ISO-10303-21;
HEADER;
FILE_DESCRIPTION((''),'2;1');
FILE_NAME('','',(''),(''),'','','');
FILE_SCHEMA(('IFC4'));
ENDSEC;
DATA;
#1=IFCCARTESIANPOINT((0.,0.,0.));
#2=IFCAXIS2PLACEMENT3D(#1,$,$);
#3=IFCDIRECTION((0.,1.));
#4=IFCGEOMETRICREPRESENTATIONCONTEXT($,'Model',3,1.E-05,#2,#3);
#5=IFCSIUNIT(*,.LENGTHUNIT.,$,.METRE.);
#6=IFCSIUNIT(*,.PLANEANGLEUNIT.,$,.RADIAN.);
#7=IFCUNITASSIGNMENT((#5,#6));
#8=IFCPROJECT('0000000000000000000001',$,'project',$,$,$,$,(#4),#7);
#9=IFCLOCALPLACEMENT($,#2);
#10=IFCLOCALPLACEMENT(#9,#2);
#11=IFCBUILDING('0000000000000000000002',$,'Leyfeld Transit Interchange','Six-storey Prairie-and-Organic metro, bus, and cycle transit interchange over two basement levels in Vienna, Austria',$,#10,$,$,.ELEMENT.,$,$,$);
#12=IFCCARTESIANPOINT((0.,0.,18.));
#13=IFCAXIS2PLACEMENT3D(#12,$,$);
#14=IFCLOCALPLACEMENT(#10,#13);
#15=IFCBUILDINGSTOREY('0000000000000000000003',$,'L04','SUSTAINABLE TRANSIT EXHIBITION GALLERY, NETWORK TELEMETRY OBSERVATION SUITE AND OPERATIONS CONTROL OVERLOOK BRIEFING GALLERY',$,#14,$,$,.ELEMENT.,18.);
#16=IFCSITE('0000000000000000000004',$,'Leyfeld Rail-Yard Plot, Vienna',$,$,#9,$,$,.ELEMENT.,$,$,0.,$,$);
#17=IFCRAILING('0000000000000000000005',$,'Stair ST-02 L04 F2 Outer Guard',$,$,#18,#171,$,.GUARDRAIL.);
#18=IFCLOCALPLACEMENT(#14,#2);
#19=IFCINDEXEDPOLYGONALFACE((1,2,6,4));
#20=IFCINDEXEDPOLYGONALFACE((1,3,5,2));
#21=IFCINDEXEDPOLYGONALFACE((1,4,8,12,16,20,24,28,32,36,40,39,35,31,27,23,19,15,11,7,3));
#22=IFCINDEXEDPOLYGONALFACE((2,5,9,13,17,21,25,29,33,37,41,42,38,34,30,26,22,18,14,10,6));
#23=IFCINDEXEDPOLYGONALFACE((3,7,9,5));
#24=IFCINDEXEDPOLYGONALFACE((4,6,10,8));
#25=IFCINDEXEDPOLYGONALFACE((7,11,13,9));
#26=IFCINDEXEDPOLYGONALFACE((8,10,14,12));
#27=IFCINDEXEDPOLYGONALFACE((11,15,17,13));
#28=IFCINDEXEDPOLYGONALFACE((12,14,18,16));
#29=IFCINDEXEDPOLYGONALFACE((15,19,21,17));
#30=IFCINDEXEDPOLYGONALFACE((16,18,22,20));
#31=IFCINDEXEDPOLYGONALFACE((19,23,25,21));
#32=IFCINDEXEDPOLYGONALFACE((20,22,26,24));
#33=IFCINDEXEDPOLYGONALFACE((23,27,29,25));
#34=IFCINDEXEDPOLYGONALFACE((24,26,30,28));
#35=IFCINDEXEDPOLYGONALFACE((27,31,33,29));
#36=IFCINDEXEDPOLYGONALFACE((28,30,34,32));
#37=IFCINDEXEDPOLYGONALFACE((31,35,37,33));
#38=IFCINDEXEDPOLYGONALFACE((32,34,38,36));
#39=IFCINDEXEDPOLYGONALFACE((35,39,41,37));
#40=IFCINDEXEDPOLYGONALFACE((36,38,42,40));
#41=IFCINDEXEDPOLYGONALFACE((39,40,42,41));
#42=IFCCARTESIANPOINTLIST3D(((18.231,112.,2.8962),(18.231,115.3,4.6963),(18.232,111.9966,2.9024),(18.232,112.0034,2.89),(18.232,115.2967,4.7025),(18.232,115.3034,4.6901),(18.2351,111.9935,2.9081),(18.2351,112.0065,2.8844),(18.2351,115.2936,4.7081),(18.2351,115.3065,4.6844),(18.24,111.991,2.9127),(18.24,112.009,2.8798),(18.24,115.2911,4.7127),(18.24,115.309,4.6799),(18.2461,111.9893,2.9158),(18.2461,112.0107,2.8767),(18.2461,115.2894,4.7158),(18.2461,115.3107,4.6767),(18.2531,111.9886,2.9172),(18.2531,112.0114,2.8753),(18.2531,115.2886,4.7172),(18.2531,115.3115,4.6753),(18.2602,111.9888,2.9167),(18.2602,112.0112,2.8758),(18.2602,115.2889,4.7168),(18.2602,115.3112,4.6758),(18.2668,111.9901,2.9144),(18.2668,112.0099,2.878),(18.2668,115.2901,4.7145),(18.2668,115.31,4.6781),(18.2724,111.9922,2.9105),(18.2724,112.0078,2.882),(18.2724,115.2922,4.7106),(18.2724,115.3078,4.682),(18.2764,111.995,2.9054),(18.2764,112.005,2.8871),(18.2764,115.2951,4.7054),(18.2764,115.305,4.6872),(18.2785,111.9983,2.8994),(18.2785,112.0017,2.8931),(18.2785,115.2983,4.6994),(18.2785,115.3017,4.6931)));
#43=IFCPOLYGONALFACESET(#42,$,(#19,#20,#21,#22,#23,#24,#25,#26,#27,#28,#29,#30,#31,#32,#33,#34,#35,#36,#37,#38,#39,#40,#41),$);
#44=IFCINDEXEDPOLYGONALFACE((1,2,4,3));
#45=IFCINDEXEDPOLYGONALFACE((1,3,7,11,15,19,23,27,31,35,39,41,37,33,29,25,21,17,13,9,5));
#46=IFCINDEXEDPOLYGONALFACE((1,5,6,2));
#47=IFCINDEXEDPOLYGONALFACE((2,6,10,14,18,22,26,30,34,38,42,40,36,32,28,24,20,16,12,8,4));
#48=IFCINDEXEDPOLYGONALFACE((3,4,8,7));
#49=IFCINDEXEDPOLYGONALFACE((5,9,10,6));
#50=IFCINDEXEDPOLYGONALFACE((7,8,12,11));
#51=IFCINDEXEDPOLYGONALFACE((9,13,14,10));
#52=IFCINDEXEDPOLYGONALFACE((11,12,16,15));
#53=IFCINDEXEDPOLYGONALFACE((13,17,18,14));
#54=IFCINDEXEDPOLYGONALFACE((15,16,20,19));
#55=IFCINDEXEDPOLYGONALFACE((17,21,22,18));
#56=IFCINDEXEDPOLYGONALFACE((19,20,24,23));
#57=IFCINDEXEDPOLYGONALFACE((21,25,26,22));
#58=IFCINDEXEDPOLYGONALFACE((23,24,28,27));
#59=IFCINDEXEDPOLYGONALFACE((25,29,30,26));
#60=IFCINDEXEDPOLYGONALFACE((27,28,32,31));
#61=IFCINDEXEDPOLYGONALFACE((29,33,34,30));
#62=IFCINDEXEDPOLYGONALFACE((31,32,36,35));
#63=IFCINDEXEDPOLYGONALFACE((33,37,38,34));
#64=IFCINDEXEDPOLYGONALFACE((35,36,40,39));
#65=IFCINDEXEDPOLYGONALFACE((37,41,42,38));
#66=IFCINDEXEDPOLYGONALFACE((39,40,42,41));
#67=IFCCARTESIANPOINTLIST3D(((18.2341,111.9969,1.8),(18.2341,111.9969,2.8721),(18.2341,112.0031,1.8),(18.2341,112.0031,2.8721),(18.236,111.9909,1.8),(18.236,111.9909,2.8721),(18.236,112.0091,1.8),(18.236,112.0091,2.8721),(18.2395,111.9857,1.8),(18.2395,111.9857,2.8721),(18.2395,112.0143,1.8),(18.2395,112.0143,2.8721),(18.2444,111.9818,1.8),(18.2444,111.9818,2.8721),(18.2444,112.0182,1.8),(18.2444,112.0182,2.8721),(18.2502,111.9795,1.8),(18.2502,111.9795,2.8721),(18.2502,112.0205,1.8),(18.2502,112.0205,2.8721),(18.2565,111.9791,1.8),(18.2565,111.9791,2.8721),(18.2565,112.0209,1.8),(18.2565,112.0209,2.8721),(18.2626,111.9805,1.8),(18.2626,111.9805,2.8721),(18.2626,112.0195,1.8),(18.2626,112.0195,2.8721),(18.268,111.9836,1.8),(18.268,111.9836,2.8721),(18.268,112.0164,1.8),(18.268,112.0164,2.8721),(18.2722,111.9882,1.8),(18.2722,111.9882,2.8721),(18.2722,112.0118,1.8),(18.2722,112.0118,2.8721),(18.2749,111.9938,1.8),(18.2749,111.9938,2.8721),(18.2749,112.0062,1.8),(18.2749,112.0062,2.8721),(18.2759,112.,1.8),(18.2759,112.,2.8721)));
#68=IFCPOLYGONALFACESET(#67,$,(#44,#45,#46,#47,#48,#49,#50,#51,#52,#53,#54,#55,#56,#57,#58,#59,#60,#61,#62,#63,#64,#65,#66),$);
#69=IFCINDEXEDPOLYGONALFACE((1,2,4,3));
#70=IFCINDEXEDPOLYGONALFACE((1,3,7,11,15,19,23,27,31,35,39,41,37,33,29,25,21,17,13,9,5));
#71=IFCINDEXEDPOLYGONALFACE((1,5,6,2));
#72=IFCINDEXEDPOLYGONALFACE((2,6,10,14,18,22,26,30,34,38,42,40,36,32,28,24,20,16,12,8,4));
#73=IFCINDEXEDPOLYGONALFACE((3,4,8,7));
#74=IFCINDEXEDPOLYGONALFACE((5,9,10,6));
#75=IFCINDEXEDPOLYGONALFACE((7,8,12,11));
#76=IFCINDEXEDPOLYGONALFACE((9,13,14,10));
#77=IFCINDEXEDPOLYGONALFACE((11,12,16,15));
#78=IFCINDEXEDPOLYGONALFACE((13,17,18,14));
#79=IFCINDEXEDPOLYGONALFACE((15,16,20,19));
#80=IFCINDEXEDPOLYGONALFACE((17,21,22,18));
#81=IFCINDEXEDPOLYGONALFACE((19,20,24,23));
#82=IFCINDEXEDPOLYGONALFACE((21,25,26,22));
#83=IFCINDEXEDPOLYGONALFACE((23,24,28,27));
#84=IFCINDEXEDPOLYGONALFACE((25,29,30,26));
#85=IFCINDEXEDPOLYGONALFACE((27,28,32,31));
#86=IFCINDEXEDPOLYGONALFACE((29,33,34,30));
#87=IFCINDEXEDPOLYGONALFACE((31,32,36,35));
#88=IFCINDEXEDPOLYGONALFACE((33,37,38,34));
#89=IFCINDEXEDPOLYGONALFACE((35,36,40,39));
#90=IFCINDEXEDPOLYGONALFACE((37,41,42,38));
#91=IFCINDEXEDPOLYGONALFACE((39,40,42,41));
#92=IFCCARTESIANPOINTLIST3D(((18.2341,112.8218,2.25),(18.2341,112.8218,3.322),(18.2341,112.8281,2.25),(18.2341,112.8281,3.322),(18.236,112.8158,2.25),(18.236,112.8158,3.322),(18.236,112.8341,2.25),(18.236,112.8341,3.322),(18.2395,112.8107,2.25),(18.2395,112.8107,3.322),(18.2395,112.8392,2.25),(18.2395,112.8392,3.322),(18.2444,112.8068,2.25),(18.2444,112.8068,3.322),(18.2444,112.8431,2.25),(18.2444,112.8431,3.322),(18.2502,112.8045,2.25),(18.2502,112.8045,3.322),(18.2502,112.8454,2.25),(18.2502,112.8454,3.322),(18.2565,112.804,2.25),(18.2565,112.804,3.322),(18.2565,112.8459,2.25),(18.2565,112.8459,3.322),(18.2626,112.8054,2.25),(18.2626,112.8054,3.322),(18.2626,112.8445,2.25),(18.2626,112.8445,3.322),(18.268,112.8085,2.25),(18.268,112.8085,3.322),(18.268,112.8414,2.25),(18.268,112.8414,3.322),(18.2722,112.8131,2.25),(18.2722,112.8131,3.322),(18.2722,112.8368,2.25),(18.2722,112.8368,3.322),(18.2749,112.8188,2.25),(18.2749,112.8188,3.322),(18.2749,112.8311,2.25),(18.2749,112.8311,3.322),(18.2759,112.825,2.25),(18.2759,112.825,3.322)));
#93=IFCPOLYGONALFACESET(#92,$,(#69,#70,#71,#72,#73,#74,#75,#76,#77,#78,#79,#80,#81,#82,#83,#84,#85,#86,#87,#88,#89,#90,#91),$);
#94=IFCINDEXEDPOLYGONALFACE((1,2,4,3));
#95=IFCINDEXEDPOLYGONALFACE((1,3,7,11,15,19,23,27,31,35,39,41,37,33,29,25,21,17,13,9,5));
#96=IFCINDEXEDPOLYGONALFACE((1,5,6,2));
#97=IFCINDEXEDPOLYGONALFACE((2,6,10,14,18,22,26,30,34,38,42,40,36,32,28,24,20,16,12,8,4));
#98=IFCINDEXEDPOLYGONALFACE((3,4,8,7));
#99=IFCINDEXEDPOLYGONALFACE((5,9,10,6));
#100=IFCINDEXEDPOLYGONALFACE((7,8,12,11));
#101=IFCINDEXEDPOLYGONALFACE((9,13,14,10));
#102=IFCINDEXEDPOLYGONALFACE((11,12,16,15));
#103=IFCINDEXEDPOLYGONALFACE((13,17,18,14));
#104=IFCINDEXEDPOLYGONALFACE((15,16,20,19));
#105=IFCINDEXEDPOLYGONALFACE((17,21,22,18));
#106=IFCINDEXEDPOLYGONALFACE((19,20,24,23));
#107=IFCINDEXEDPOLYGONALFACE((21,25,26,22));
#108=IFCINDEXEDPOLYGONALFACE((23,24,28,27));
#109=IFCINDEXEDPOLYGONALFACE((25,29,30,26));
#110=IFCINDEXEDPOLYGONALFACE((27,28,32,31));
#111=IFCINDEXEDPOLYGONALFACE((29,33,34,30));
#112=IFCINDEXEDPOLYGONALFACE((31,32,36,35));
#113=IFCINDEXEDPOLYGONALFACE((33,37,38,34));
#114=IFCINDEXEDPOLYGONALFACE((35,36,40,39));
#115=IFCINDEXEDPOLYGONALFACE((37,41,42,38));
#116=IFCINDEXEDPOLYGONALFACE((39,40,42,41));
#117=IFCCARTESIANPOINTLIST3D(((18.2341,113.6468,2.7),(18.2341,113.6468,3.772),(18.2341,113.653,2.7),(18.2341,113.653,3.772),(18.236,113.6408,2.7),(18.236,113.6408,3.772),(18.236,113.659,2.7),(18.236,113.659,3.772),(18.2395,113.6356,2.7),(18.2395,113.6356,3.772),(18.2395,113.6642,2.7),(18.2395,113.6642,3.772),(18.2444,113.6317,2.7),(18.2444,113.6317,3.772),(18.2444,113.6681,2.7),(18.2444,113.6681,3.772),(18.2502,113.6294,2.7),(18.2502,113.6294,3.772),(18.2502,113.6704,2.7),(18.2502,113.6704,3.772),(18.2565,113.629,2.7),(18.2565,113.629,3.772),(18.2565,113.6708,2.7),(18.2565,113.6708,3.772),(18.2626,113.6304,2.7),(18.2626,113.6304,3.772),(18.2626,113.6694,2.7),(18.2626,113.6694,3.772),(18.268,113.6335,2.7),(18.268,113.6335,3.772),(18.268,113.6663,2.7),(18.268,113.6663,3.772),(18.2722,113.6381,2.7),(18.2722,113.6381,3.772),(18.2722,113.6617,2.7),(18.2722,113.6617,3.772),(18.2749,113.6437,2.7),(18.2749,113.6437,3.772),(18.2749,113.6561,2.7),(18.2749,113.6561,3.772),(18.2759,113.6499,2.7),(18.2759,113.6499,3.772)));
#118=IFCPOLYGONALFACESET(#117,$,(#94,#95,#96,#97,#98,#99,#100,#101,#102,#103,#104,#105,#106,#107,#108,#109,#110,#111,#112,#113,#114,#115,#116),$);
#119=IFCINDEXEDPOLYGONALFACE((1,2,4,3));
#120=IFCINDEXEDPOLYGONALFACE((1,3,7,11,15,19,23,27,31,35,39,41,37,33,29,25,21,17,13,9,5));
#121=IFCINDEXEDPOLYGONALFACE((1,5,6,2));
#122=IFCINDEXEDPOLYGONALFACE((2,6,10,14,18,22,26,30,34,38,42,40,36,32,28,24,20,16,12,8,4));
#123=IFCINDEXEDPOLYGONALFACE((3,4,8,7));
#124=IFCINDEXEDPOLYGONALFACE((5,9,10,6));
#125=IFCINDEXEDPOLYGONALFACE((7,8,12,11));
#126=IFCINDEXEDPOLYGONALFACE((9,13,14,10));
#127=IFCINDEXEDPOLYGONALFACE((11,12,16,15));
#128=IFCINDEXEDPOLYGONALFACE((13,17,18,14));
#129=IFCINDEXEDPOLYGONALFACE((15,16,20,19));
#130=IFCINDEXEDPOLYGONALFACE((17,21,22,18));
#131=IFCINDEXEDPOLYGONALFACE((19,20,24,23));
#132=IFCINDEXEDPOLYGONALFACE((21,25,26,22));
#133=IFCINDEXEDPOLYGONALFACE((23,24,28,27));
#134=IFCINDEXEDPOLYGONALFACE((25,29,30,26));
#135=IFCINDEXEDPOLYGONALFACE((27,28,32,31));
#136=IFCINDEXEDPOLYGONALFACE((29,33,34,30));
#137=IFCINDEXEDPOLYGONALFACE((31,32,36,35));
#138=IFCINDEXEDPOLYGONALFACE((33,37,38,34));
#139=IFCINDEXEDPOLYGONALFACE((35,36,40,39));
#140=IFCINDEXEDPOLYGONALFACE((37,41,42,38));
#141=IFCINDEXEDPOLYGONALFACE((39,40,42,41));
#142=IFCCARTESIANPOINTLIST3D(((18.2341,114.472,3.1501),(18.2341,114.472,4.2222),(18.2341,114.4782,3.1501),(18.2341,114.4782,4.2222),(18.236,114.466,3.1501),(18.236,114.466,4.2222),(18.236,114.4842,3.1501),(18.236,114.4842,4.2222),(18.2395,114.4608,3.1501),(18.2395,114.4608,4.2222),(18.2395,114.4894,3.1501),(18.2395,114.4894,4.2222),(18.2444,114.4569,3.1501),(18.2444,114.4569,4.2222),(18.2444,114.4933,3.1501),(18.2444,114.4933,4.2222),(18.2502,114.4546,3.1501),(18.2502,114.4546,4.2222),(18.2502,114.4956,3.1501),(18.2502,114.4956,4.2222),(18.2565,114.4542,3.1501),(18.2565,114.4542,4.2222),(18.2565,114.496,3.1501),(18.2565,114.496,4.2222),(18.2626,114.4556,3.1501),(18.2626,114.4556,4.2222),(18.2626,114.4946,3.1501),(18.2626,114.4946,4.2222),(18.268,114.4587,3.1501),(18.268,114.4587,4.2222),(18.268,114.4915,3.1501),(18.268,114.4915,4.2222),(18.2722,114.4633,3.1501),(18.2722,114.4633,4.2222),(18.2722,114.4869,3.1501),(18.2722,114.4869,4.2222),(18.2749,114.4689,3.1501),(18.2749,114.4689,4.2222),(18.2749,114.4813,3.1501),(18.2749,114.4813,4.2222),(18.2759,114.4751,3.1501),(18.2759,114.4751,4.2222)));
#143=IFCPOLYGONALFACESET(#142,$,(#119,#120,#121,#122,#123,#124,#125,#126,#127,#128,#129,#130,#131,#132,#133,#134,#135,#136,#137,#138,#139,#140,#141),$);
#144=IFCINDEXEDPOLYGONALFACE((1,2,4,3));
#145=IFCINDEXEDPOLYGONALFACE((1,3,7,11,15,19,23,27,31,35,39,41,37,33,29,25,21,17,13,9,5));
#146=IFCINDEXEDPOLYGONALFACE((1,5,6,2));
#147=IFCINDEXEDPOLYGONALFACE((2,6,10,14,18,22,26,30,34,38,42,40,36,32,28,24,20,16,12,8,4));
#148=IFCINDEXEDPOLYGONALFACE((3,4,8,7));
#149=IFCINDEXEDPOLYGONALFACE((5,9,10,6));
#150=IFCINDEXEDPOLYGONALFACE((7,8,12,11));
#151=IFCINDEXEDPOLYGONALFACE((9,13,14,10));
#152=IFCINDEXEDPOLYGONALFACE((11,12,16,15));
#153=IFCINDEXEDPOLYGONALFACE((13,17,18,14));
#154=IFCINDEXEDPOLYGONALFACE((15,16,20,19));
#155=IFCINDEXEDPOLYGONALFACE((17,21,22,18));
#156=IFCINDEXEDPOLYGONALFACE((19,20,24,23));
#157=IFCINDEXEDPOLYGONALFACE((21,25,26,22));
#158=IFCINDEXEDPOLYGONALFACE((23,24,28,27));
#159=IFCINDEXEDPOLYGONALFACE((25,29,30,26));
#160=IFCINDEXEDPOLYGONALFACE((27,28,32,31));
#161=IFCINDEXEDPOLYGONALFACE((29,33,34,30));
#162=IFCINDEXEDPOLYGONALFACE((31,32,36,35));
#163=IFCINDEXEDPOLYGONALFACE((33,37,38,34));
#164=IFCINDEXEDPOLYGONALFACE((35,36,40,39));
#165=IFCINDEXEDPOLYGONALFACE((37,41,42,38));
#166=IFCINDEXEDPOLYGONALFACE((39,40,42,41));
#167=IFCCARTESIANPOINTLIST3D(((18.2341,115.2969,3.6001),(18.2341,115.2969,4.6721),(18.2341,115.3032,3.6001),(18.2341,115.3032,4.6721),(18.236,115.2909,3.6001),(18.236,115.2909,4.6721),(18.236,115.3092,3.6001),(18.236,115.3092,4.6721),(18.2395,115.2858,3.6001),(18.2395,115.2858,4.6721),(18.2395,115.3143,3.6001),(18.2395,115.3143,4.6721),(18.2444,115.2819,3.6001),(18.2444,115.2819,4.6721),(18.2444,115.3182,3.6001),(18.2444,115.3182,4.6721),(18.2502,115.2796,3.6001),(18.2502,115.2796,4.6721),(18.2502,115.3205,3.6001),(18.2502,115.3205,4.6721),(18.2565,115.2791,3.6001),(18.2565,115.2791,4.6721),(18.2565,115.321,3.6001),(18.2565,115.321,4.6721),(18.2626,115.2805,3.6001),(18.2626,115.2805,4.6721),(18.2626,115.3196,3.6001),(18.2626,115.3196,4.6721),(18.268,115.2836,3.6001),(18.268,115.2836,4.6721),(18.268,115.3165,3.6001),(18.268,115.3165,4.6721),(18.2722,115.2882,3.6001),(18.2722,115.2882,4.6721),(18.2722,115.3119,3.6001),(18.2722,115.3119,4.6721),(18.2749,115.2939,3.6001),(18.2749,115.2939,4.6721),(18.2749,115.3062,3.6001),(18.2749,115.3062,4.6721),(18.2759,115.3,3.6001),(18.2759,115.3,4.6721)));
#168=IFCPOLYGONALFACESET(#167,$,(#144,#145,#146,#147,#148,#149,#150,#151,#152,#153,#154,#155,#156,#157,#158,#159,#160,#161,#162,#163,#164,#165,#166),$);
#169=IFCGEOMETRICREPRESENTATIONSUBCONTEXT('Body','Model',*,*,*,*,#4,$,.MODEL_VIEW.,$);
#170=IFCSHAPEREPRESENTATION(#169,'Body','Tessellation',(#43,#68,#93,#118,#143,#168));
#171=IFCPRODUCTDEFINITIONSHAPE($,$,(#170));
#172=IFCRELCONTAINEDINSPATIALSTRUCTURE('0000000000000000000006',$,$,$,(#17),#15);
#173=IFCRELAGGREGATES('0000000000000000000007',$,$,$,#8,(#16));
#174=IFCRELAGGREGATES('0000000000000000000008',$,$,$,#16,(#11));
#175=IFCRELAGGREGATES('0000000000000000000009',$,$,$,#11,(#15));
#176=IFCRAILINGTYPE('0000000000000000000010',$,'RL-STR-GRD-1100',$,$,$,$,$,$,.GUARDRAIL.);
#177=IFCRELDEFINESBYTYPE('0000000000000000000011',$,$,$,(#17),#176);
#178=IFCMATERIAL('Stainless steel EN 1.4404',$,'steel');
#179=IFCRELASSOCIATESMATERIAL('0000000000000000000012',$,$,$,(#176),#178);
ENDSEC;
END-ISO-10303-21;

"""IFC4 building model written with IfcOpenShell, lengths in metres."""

from ifc_helpers import new_model, si_unit, direction, frame, origin, origin_2d, place, context, subcontext, project, spatial, circle, extrude, material, type_object, element, save


model = new_model("IFC4")

# Units and contexts
model_context = context("Model", 3, precision=1e-05, world=origin(), true_north=direction((0.0, 1.0)))
body_context = subcontext(model_context, "Body", "Model", "MODEL_VIEW")
ifc_project = project(units=[si_unit("LENGTHUNIT", "METRE"), si_unit("PLANEANGLEUNIT", "RADIAN")], contexts=[model_context])

# Site, building, storey
site_placement = place(None, origin())
site = spatial("IfcSite", under=ifc_project, at=site_placement, Name="Leyfeld Rail-Yard Plot, Vienna", CompositionType="ELEMENT", RefElevation=0.0)
building_placement = place(site_placement, origin())
building = spatial("IfcBuilding", under=site, at=building_placement, Name="Leyfeld Transit Interchange", Description="Six-storey Prairie-and-Organic metro, bus, and cycle transit interchange over two basement levels in Vienna, Austria", CompositionType="ELEMENT")
storey_placement = place(building_placement, frame((0.0, 0.0, 18.0)))
storey = spatial("IfcBuildingStorey", under=building, at=storey_placement, Name="L04", Description="SUSTAINABLE TRANSIT EXHIBITION GALLERY, NETWORK TELEMETRY OBSERVATION SUITE AND OPERATIONS CONTROL OVERLOOK BRIEFING GALLERY", CompositionType="ELEMENT", Elevation=18.0)

# Railing
ifc_material_1 = material(Name="Stainless steel EN 1.4404", Category="steel")
railing_type_1 = type_object("IfcRailingType", Name="RL-STR-GRD-1100", PredefinedType="GUARDRAIL", material=ifc_material_1)
for number, where, name in (
    (1, (18.2549, 112.0, 1.8), "Stair ST-02 L04 F2 Outer Guard"),
):
    element("IfcRailing", number, at=place(storey_placement, frame(where)), inside=storey, type_object=railing_type_1, Name=name, PredefinedType="GUARDRAIL", context=body_context, shape_type="SweptSolid", body=[
        extrude(circle(Radius=0.0239, at=origin_2d()), frame((0.0, 0.0, 1.0962), z_axis=(0.0, 0.877893, 0.478857), x_axis=(-1.0, 0.0, 0.0)), (0.0, 0.0, 1.0), 3.759),
        extrude(circle(Radius=0.021, at=origin_2d()), origin(), (0.0, 0.0, 1.0), 1.072),
        extrude(circle(Radius=0.021, at=origin_2d()), frame((0.0, 0.825, 0.45)), (0.0, 0.0, 1.0), 1.072),
        extrude(circle(Radius=0.021, at=origin_2d()), frame((0.0, 1.6499, 0.8999)), (0.0, 0.0, 1.0), 1.072),
        extrude(circle(Radius=0.021, at=origin_2d()), frame((0.0, 2.4751, 1.3501)), (0.0, 0.0, 1.0), 1.072),
        extrude(circle(Radius=0.021, at=origin_2d()), frame((0.0, 3.3, 1.8)), (0.0, 0.0, 1.0), 1.072),
    ])

save(model, "model.ifc")
